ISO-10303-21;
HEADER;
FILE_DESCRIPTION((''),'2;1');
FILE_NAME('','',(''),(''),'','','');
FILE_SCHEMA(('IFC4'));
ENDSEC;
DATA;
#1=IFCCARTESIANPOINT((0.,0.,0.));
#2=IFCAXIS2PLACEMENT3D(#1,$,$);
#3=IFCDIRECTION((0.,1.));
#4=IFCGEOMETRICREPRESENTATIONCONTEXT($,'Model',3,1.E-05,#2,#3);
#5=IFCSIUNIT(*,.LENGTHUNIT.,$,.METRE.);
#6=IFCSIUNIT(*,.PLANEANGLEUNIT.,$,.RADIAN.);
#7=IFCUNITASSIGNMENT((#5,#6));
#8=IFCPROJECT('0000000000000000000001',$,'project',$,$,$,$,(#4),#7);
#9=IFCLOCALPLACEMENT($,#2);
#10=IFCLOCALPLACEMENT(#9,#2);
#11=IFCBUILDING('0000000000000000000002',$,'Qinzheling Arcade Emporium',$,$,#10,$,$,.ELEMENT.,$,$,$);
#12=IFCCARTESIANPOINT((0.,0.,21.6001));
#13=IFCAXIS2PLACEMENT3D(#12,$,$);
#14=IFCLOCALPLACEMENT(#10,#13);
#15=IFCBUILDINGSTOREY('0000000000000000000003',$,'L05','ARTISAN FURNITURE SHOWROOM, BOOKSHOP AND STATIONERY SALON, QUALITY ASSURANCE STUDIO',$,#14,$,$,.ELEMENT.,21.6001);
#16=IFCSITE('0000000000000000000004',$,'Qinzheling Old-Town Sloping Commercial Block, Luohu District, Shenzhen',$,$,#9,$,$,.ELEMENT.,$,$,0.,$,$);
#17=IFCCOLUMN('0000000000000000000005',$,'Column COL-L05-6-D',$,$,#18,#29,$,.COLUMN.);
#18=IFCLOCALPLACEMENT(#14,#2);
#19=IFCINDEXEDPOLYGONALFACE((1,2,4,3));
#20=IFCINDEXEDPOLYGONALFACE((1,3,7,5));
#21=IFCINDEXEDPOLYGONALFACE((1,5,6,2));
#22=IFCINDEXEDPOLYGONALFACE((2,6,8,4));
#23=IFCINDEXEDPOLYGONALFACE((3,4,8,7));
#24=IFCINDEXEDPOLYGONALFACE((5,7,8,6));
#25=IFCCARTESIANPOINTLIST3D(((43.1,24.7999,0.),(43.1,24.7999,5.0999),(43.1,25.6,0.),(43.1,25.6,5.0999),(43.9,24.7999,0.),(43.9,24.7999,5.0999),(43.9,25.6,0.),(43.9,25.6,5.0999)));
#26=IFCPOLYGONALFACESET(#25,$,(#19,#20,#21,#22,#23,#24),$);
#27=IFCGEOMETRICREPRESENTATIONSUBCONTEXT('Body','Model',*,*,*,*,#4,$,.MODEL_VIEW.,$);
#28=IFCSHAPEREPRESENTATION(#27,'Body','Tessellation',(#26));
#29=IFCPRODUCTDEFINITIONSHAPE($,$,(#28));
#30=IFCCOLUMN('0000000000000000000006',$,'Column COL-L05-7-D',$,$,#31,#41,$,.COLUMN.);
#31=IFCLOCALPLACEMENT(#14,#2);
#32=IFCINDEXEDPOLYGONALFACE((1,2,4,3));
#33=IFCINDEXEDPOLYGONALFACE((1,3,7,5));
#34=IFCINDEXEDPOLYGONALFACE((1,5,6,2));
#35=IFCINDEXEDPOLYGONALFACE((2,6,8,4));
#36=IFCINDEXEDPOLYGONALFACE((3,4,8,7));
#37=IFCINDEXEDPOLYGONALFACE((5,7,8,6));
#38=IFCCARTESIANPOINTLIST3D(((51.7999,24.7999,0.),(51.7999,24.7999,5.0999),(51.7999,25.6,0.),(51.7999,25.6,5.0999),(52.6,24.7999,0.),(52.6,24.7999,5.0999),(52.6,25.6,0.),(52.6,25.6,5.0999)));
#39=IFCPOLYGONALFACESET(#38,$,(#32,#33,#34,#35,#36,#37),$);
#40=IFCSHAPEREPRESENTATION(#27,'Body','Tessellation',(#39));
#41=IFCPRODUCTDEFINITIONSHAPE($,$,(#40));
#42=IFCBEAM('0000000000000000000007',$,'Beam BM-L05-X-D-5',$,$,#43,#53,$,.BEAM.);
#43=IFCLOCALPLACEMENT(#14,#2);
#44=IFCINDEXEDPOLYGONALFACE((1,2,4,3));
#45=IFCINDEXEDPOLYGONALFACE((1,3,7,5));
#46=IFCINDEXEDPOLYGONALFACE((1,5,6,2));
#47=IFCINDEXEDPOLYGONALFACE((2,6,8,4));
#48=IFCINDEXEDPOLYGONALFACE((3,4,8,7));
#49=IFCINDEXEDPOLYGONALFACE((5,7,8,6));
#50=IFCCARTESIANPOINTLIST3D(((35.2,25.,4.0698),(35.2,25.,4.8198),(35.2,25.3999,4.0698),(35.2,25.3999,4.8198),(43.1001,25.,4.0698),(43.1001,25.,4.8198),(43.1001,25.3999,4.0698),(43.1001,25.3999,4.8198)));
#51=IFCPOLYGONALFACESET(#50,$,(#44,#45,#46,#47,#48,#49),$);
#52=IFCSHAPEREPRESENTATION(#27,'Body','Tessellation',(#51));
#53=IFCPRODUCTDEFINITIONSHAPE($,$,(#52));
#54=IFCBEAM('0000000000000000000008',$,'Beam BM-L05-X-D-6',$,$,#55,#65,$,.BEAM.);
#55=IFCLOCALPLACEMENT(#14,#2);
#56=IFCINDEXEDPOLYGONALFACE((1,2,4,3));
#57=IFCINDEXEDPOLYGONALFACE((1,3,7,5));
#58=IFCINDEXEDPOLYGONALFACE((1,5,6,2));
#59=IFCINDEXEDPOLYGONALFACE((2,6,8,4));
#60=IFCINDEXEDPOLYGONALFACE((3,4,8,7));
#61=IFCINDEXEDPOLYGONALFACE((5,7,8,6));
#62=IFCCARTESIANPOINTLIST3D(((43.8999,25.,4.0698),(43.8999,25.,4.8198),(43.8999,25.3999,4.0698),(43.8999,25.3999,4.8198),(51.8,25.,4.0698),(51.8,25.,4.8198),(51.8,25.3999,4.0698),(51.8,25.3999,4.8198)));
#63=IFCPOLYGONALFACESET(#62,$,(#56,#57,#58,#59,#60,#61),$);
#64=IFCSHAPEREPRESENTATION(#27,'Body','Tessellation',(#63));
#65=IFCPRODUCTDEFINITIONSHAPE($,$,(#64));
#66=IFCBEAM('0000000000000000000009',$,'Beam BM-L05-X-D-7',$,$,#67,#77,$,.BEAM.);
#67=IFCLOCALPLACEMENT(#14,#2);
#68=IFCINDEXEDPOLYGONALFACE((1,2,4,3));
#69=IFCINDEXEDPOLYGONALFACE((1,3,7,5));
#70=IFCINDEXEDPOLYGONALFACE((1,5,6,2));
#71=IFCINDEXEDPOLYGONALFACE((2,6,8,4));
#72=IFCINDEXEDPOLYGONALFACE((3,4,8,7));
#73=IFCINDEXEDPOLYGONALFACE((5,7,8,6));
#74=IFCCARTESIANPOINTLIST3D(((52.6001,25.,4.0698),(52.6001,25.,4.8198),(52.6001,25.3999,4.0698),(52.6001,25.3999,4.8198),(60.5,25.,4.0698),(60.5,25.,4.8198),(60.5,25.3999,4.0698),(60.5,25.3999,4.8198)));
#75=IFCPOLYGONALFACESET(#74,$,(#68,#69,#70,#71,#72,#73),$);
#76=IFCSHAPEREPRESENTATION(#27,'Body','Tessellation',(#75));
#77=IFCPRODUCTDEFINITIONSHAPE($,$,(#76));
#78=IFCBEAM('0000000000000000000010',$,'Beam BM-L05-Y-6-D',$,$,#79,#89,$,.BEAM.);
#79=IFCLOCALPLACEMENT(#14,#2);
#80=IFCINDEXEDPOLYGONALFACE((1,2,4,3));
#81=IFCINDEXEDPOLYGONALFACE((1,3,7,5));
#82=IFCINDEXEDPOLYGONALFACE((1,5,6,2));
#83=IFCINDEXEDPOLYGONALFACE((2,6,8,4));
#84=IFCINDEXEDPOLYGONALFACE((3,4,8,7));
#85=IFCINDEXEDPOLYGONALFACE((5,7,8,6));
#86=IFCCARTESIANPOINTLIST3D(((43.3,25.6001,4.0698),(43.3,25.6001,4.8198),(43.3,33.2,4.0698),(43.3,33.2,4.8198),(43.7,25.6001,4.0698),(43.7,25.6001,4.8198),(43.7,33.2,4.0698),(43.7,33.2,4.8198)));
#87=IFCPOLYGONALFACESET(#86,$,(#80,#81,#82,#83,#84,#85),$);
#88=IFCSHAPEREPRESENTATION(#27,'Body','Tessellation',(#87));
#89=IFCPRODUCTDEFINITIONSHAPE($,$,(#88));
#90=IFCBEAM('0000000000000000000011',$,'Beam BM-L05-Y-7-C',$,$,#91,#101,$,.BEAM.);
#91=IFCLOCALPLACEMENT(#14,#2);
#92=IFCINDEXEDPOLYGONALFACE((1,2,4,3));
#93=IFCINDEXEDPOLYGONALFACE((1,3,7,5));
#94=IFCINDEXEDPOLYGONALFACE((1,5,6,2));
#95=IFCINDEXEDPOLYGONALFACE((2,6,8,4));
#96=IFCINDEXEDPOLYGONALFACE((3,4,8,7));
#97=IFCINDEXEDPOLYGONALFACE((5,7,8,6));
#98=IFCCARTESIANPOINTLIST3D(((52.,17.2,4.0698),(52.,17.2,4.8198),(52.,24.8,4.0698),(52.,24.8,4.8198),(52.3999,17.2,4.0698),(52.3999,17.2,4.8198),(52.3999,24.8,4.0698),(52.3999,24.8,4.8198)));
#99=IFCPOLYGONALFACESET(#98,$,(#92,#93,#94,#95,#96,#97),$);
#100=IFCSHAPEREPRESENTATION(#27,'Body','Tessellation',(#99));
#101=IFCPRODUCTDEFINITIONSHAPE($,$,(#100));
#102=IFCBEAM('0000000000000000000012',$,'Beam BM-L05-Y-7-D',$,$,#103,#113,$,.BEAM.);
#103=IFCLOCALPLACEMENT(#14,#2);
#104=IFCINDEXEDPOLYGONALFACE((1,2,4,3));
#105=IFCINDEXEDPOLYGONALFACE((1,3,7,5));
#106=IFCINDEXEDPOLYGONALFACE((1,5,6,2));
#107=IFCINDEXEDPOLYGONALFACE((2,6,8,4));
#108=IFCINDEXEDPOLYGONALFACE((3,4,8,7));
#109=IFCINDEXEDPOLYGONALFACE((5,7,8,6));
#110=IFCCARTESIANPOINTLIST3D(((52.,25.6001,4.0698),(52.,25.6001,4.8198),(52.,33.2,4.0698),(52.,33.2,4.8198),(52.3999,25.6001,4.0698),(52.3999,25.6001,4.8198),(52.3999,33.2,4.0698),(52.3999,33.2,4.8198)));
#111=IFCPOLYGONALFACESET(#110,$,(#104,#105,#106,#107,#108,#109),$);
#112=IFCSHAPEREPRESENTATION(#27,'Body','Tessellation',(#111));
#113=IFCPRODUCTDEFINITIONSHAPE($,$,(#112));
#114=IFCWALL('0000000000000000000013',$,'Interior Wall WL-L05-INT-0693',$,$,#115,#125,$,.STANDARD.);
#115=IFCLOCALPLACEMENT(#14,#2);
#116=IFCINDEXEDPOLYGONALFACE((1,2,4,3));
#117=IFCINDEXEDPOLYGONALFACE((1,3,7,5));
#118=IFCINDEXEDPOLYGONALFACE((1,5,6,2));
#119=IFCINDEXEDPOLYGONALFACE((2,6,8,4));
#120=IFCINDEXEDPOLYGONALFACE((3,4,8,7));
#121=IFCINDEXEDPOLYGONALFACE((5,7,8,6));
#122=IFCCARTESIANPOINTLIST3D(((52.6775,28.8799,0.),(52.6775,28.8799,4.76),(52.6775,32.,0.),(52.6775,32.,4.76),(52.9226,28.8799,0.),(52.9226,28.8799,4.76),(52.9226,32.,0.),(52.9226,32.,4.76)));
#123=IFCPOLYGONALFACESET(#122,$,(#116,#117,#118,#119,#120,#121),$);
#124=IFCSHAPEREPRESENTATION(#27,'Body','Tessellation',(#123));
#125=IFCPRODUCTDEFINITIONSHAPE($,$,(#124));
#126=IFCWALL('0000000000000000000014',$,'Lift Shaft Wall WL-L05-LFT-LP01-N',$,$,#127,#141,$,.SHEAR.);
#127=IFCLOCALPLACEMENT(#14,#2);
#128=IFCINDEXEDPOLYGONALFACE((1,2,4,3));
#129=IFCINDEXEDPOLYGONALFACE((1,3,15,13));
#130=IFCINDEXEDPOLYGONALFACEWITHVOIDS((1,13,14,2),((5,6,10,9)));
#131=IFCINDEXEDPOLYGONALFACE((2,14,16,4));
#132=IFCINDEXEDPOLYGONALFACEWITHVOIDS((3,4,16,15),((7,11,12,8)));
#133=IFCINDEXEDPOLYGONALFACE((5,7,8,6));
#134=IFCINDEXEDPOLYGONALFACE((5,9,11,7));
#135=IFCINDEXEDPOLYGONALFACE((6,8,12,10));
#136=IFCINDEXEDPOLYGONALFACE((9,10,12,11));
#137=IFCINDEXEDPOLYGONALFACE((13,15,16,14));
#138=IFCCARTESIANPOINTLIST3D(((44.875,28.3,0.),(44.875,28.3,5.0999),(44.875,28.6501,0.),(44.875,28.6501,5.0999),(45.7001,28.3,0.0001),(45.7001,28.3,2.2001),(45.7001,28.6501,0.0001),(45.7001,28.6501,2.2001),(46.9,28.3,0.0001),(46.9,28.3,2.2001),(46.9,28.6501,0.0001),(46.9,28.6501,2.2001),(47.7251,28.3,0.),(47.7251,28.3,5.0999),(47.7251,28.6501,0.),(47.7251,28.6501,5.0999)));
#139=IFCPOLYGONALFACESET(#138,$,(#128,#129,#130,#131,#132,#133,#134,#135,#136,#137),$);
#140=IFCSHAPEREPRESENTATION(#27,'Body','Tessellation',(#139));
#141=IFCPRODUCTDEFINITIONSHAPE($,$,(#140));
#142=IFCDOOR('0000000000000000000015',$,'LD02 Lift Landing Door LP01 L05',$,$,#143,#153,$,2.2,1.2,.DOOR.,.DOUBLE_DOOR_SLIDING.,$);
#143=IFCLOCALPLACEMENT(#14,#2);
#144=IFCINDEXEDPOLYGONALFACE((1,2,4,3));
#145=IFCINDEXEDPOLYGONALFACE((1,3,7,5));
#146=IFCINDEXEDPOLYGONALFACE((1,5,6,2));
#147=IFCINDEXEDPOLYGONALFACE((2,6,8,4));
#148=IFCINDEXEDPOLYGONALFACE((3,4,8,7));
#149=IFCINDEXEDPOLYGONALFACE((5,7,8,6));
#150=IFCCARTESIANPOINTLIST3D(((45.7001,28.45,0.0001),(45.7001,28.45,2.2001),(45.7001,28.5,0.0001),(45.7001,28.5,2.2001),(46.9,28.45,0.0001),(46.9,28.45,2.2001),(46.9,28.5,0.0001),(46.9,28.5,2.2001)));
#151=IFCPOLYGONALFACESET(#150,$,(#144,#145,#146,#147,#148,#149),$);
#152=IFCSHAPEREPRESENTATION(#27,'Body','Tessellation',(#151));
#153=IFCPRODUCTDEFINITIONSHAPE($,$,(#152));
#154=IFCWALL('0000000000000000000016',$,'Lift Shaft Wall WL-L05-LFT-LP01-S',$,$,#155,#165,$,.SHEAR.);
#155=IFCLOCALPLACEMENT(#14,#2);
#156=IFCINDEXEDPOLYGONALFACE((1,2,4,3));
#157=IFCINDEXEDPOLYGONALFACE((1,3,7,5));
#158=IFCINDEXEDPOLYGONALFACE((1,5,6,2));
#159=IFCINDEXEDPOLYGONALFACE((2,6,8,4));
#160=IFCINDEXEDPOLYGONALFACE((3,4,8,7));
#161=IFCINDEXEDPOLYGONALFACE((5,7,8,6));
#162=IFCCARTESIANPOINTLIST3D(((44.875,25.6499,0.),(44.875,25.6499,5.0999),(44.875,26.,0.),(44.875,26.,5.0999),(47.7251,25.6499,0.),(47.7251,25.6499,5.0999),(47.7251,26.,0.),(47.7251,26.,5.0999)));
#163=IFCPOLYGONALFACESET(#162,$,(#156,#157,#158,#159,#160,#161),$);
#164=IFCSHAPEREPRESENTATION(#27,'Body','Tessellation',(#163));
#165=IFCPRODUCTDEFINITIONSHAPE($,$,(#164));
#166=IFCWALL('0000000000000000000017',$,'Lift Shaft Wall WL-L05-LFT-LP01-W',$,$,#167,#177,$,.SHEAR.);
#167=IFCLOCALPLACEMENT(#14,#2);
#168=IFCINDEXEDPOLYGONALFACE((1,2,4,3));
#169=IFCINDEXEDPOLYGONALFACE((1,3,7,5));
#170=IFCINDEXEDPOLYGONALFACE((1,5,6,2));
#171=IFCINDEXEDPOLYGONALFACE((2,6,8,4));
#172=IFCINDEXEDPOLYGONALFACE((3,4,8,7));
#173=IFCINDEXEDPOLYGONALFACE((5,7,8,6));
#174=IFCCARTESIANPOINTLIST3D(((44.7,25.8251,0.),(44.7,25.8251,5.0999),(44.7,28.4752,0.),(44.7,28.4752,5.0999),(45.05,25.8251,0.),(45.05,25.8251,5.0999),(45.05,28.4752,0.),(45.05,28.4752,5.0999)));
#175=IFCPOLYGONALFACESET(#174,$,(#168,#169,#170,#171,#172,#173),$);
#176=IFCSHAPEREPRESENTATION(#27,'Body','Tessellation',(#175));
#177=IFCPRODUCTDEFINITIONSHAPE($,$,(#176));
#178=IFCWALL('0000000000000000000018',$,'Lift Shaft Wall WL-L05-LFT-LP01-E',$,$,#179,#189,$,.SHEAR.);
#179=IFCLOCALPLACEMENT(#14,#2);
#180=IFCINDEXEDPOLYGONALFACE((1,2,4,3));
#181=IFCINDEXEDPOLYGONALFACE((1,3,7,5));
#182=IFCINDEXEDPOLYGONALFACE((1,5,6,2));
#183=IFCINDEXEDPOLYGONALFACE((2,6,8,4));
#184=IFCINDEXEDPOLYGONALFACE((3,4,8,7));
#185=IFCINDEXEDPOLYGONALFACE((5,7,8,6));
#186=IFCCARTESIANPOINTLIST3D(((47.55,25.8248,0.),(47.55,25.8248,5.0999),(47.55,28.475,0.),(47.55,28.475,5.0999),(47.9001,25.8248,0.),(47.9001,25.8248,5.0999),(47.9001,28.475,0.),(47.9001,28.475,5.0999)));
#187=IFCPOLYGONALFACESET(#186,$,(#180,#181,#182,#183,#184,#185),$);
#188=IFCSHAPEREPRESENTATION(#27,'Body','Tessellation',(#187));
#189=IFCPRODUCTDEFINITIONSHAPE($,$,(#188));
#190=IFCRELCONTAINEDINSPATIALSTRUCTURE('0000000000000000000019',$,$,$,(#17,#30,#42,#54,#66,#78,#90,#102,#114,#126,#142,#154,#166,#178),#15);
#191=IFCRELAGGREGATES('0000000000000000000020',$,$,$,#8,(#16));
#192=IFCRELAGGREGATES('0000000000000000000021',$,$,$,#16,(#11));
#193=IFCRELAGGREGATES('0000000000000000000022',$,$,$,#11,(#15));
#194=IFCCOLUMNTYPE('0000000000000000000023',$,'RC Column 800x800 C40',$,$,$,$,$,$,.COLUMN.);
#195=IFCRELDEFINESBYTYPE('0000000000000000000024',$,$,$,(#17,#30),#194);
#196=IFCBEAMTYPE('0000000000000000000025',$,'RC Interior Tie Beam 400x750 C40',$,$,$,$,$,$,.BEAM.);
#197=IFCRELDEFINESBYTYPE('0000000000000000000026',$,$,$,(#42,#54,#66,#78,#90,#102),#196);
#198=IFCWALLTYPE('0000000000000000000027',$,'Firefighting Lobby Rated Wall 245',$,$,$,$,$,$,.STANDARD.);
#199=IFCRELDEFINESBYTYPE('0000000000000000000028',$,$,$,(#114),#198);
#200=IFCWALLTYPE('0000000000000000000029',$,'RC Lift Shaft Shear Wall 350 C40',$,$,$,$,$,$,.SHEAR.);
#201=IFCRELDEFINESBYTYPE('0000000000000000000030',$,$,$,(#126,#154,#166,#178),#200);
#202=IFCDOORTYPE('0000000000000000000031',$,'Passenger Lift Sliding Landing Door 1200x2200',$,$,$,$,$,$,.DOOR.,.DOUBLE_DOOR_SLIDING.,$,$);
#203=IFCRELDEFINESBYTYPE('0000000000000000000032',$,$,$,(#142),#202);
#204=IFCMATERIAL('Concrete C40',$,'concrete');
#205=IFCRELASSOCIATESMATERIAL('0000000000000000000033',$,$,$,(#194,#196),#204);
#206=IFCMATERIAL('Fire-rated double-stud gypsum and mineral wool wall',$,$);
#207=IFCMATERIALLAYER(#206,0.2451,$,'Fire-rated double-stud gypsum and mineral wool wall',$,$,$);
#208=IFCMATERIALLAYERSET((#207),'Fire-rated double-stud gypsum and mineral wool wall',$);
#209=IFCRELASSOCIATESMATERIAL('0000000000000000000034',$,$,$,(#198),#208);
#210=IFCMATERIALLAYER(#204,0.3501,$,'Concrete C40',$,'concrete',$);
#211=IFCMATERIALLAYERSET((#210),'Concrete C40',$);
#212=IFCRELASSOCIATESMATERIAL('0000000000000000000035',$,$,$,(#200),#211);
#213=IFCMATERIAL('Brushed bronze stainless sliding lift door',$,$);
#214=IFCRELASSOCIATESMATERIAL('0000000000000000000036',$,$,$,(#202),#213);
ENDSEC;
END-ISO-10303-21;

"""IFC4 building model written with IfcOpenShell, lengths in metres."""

from ifc_helpers import new_model, si_unit, direction, frame, frame_2d, origin, origin_2d, place, context, subcontext, project, spatial, rectangle, extrude, material, layer, layer_set, material_profile, profile_set, type_object, element, fill, save


model = new_model("IFC4")

# Units and contexts
model_context = context("Model", 3, precision=1e-05, world=origin(), true_north=direction((0.0, 1.0)))
body_context = subcontext(model_context, "Body", "Model", "MODEL_VIEW")
ifc_project = project(units=[si_unit("LENGTHUNIT", "METRE"), si_unit("PLANEANGLEUNIT", "RADIAN")], contexts=[model_context])

# Site, building, storey
site_placement = place(None, origin())
site = spatial("IfcSite", under=ifc_project, at=site_placement, Name="Qinzheling Old-Town Sloping Commercial Block, Luohu District, Shenzhen", CompositionType="ELEMENT", RefElevation=0.0)
building_placement = place(site_placement, origin())
building = spatial("IfcBuilding", under=site, at=building_placement, Name="Qinzheling Arcade Emporium", CompositionType="ELEMENT")
storey_placement = place(building_placement, frame((0.0, 0.0, 21.6001)))
storey = spatial("IfcBuildingStorey", under=building, at=storey_placement, Name="L05", Description="ARTISAN FURNITURE SHOWROOM, BOOKSHOP AND STATIONERY SALON, QUALITY ASSURANCE STUDIO", CompositionType="ELEMENT", Elevation=21.6001)

# Columns
ifc_material_1 = material(Name="Concrete C40", Category="concrete")
ifc_material_profile_1 = material_profile(ifc_material_1, rectangle(XDim=0.8, YDim=0.8, at=origin_2d()), Name="RC 800x800", Category="concrete")
ifc_profile_set_1 = profile_set([ifc_material_profile_1], Name="Concrete C40")
column_type = type_object("IfcColumnType", Name="RC Column 800x800 C40", PredefinedType="COLUMN", material=ifc_profile_set_1)
for number, where, z_axis, x_axis, name in (
    (1, (43.5, 25.2, 0.0), (0.0, 0.0, 1.0), (1.0, 0.0, 0.0), "Column COL-L05-6-D"),
    (2, (52.2, 25.2, 0.0), (0.0, 0.0, 1.0), (1.0, 0.0, 0.0), "Column COL-L05-7-D"),
):
    element("IfcColumn", number, at=place(storey_placement, frame(where, z_axis=z_axis, x_axis=x_axis)), inside=storey, type_object=column_type, Name=name, PredefinedType="COLUMN", context=body_context, shape_type="SweptSolid", body=[
        extrude(rectangle(XDim=0.8, YDim=0.8, at=origin_2d()), origin(), (0.0, 0.0, 1.0), 5.0999),
    ])

# Beams
ifc_material_profile_2 = material_profile(ifc_material_1, rectangle(XDim=0.3999, YDim=0.75, at=origin_2d()), Name="RC 400x750", Category="concrete")
ifc_profile_set_2 = profile_set([ifc_material_profile_2], Name="Concrete C40")
beam_type = type_object("IfcBeamType", Name="RC Interior Tie Beam 400x750 C40", PredefinedType="BEAM", material=ifc_profile_set_2)
for number, where, z_axis, x_axis, name in (
    (3, (35.2, 25.2, 4.4448), (1.0, 0.0, 0.0), (0.0, 1.0, 0.0), "Beam BM-L05-X-D-5"),
    (4, (43.8999, 25.2, 4.4448), (1.0, 0.0, 0.0), (0.0, 1.0, 0.0), "Beam BM-L05-X-D-6"),
):
    element("IfcBeam", number, at=place(storey_placement, frame(where, z_axis=z_axis, x_axis=x_axis)), inside=storey, type_object=beam_type, Name=name, PredefinedType="BEAM", context=body_context, shape_type="SweptSolid", body=[
        extrude(rectangle(XDim=0.3999, YDim=0.75, at=origin_2d()), origin(), (0.0, 0.0, 1.0), 7.9001),
    ])
beam_1_placement = place(storey_placement, frame((52.6001, 25.2, 4.4448), z_axis=(1.0, 0.0, 0.0), x_axis=(0.0, 1.0, 0.0)))
element("IfcBeam", 5, at=beam_1_placement, inside=storey, type_object=beam_type, Name="Beam BM-L05-X-D-7", PredefinedType="BEAM", context=body_context, shape_type="SweptSolid", body=[
    extrude(rectangle(XDim=0.3999, YDim=0.75, at=origin_2d()), origin(), (0.0, 0.0, 1.0), 7.8999),
])
beam_2_placement = place(storey_placement, frame((43.5, 25.6001, 4.4448), z_axis=(0.0, 1.0, 0.0), x_axis=(-1.0, 0.0, 0.0)))
element("IfcBeam", 6, at=beam_2_placement, inside=storey, type_object=beam_type, Name="Beam BM-L05-Y-6-D", PredefinedType="BEAM", context=body_context, shape_type="SweptSolid", body=[
    extrude(rectangle(XDim=0.3999, YDim=0.75, at=origin_2d()), origin(), (0.0, 0.0, 1.0), 7.5999),
])
beam_3_placement = place(storey_placement, frame((52.2, 17.2, 4.4448), z_axis=(0.0, 1.0, 0.0), x_axis=(-1.0, 0.0, 0.0)))
element("IfcBeam", 7, at=beam_3_placement, inside=storey, type_object=beam_type, Name="Beam BM-L05-Y-7-C", PredefinedType="BEAM", context=body_context, shape_type="SweptSolid", body=[
    extrude(rectangle(XDim=0.3999, YDim=0.75, at=origin_2d()), origin(), (0.0, 0.0, 1.0), 7.6001),
])
beam_4_placement = place(storey_placement, frame((52.2, 25.6001, 4.4448), z_axis=(0.0, 1.0, 0.0), x_axis=(-1.0, 0.0, 0.0)))
element("IfcBeam", 8, at=beam_4_placement, inside=storey, type_object=beam_type, Name="Beam BM-L05-Y-7-D", PredefinedType="BEAM", context=body_context, shape_type="SweptSolid", body=[
    extrude(rectangle(XDim=0.3999, YDim=0.75, at=origin_2d()), origin(), (0.0, 0.0, 1.0), 7.5999),
])

# Wall
ifc_material_2 = material(Name="Fire-rated double-stud gypsum and mineral wool wall")
ifc_layer_1 = layer(ifc_material_2, 0.2451, Name="Fire-rated double-stud gypsum and mineral wool wall")
ifc_layer_set_1 = layer_set([ifc_layer_1], Name="Fire-rated double-stud gypsum and mineral wool wall")
wall_type_1 = type_object("IfcWallType", Name="Firefighting Lobby Rated Wall 245", PredefinedType="STANDARD", material=ifc_layer_set_1)
wall_1_placement = place(storey_placement, frame((52.8, 28.8799, 0.0), z_axis=(0.0, 0.0, 1.0), x_axis=(0.0, 1.0, 0.0)))
element("IfcWall", 9, at=wall_1_placement, inside=storey, type_object=wall_type_1, Name="Interior Wall WL-L05-INT-0693", PredefinedType="STANDARD", context=body_context, shape_type="SweptSolid", body=[
    extrude(rectangle(XDim=3.1201, YDim=0.2451, at=frame_2d((1.5601, 0.0))), origin(), (0.0, 0.0, 1.0), 4.76),
])

# Wall, opening, door
ifc_layer_2 = layer(ifc_material_1, 0.3501, Name="Concrete C40", Category="concrete")
ifc_layer_set_2 = layer_set([ifc_layer_2], Name="Concrete C40")
wall_type_2 = type_object("IfcWallType", Name="RC Lift Shaft Shear Wall 350 C40", PredefinedType="SHEAR", material=ifc_layer_set_2)
wall_2_placement = place(storey_placement, frame((44.875, 28.4751, 0.0), z_axis=(0.0, 0.0, 1.0), x_axis=(1.0, 0.0, 0.0)))
wall_2 = element("IfcWall", 10, at=wall_2_placement, inside=storey, type_object=wall_type_2, Name="Lift Shaft Wall WL-L05-LFT-LP01-N", PredefinedType="SHEAR", context=body_context, shape_type="SweptSolid", body=[
    extrude(rectangle(XDim=2.8501, YDim=0.3501, at=frame_2d((1.425, 0.0))), origin(), (0.0, 0.0, 1.0), 5.0999),
])
opening_1_placement = place(wall_2_placement, frame((0.825, 0.0, 0.0)))
opening_1 = element("IfcOpeningElement", 11, at=opening_1_placement, cuts=wall_2, PredefinedType="OPENING", context=body_context, shape_type="SweptSolid", body=[
    extrude(rectangle(XDim=1.2, YDim=2.2, at=frame_2d((0.6001, 1.1001))), frame((0.0, 0.1851, 0.0), z_axis=(0.0, -1.0, 0.0), x_axis=(1.0, 0.0, 0.0)), (0.0, 0.0, 1.0), 0.3701),
])
ifc_material_3 = material(Name="Brushed bronze stainless sliding lift door")
door_type = type_object("IfcDoorType", Name="Passenger Lift Sliding Landing Door 1200x2200", OperationType="DOUBLE_DOOR_SLIDING", PredefinedType="DOOR", material=ifc_material_3)
door_1_placement = place(opening_1_placement, origin())
door_1 = element("IfcDoor", 12, at=door_1_placement, inside=storey, type_object=door_type, Name="LD02 Lift Landing Door LP01 L05", OperationType="DOUBLE_DOOR_SLIDING", OverallHeight=2.2, OverallWidth=1.2, PredefinedType="DOOR", context=body_context, shape_type="SweptSolid", body=[
    extrude(rectangle(XDim=1.2, YDim=2.2, at=frame_2d((0.6001, 1.1001))), frame((0.0, 0.0249, 0.0), z_axis=(0.0, -1.0, 0.0), x_axis=(1.0, 0.0, 0.0)), (0.0, 0.0, 1.0), 0.05),
])
fill(opening_1, door_1)

# Walls
wall_3_placement = place(storey_placement, frame((47.7251, 25.825, 0.0), z_axis=(0.0, 0.0, 1.0), x_axis=(-1.0, 0.0, 0.0)))
element("IfcWall", 13, at=wall_3_placement, inside=storey, type_object=wall_type_2, Name="Lift Shaft Wall WL-L05-LFT-LP01-S", PredefinedType="SHEAR", context=body_context, shape_type="SweptSolid", body=[
    extrude(rectangle(XDim=2.8501, YDim=0.3501, at=frame_2d((1.425, 0.0))), origin(), (0.0, 0.0, 1.0), 5.0999),
])
for number, where, z_axis, x_axis, name in (
    (14, (44.875, 25.825, 0.0), (0.0, 0.0, 1.0), (0.0, 1.0, 0.0), "Lift Shaft Wall WL-L05-LFT-LP01-W"),
    (15, (47.7251, 28.4751, 0.0), (0.0, 0.0, 1.0), (0.0, -1.0, 0.0), "Lift Shaft Wall WL-L05-LFT-LP01-E"),
):
    element("IfcWall", number, at=place(storey_placement, frame(where, z_axis=z_axis, x_axis=x_axis)), inside=storey, type_object=wall_type_2, Name=name, PredefinedType="SHEAR", context=body_context, shape_type="SweptSolid", body=[
        extrude(rectangle(XDim=2.6501, YDim=0.3501, at=frame_2d((1.3252, 0.0))), origin(), (0.0, 0.0, 1.0), 5.0999),
    ])

save(model, "model.ifc")
